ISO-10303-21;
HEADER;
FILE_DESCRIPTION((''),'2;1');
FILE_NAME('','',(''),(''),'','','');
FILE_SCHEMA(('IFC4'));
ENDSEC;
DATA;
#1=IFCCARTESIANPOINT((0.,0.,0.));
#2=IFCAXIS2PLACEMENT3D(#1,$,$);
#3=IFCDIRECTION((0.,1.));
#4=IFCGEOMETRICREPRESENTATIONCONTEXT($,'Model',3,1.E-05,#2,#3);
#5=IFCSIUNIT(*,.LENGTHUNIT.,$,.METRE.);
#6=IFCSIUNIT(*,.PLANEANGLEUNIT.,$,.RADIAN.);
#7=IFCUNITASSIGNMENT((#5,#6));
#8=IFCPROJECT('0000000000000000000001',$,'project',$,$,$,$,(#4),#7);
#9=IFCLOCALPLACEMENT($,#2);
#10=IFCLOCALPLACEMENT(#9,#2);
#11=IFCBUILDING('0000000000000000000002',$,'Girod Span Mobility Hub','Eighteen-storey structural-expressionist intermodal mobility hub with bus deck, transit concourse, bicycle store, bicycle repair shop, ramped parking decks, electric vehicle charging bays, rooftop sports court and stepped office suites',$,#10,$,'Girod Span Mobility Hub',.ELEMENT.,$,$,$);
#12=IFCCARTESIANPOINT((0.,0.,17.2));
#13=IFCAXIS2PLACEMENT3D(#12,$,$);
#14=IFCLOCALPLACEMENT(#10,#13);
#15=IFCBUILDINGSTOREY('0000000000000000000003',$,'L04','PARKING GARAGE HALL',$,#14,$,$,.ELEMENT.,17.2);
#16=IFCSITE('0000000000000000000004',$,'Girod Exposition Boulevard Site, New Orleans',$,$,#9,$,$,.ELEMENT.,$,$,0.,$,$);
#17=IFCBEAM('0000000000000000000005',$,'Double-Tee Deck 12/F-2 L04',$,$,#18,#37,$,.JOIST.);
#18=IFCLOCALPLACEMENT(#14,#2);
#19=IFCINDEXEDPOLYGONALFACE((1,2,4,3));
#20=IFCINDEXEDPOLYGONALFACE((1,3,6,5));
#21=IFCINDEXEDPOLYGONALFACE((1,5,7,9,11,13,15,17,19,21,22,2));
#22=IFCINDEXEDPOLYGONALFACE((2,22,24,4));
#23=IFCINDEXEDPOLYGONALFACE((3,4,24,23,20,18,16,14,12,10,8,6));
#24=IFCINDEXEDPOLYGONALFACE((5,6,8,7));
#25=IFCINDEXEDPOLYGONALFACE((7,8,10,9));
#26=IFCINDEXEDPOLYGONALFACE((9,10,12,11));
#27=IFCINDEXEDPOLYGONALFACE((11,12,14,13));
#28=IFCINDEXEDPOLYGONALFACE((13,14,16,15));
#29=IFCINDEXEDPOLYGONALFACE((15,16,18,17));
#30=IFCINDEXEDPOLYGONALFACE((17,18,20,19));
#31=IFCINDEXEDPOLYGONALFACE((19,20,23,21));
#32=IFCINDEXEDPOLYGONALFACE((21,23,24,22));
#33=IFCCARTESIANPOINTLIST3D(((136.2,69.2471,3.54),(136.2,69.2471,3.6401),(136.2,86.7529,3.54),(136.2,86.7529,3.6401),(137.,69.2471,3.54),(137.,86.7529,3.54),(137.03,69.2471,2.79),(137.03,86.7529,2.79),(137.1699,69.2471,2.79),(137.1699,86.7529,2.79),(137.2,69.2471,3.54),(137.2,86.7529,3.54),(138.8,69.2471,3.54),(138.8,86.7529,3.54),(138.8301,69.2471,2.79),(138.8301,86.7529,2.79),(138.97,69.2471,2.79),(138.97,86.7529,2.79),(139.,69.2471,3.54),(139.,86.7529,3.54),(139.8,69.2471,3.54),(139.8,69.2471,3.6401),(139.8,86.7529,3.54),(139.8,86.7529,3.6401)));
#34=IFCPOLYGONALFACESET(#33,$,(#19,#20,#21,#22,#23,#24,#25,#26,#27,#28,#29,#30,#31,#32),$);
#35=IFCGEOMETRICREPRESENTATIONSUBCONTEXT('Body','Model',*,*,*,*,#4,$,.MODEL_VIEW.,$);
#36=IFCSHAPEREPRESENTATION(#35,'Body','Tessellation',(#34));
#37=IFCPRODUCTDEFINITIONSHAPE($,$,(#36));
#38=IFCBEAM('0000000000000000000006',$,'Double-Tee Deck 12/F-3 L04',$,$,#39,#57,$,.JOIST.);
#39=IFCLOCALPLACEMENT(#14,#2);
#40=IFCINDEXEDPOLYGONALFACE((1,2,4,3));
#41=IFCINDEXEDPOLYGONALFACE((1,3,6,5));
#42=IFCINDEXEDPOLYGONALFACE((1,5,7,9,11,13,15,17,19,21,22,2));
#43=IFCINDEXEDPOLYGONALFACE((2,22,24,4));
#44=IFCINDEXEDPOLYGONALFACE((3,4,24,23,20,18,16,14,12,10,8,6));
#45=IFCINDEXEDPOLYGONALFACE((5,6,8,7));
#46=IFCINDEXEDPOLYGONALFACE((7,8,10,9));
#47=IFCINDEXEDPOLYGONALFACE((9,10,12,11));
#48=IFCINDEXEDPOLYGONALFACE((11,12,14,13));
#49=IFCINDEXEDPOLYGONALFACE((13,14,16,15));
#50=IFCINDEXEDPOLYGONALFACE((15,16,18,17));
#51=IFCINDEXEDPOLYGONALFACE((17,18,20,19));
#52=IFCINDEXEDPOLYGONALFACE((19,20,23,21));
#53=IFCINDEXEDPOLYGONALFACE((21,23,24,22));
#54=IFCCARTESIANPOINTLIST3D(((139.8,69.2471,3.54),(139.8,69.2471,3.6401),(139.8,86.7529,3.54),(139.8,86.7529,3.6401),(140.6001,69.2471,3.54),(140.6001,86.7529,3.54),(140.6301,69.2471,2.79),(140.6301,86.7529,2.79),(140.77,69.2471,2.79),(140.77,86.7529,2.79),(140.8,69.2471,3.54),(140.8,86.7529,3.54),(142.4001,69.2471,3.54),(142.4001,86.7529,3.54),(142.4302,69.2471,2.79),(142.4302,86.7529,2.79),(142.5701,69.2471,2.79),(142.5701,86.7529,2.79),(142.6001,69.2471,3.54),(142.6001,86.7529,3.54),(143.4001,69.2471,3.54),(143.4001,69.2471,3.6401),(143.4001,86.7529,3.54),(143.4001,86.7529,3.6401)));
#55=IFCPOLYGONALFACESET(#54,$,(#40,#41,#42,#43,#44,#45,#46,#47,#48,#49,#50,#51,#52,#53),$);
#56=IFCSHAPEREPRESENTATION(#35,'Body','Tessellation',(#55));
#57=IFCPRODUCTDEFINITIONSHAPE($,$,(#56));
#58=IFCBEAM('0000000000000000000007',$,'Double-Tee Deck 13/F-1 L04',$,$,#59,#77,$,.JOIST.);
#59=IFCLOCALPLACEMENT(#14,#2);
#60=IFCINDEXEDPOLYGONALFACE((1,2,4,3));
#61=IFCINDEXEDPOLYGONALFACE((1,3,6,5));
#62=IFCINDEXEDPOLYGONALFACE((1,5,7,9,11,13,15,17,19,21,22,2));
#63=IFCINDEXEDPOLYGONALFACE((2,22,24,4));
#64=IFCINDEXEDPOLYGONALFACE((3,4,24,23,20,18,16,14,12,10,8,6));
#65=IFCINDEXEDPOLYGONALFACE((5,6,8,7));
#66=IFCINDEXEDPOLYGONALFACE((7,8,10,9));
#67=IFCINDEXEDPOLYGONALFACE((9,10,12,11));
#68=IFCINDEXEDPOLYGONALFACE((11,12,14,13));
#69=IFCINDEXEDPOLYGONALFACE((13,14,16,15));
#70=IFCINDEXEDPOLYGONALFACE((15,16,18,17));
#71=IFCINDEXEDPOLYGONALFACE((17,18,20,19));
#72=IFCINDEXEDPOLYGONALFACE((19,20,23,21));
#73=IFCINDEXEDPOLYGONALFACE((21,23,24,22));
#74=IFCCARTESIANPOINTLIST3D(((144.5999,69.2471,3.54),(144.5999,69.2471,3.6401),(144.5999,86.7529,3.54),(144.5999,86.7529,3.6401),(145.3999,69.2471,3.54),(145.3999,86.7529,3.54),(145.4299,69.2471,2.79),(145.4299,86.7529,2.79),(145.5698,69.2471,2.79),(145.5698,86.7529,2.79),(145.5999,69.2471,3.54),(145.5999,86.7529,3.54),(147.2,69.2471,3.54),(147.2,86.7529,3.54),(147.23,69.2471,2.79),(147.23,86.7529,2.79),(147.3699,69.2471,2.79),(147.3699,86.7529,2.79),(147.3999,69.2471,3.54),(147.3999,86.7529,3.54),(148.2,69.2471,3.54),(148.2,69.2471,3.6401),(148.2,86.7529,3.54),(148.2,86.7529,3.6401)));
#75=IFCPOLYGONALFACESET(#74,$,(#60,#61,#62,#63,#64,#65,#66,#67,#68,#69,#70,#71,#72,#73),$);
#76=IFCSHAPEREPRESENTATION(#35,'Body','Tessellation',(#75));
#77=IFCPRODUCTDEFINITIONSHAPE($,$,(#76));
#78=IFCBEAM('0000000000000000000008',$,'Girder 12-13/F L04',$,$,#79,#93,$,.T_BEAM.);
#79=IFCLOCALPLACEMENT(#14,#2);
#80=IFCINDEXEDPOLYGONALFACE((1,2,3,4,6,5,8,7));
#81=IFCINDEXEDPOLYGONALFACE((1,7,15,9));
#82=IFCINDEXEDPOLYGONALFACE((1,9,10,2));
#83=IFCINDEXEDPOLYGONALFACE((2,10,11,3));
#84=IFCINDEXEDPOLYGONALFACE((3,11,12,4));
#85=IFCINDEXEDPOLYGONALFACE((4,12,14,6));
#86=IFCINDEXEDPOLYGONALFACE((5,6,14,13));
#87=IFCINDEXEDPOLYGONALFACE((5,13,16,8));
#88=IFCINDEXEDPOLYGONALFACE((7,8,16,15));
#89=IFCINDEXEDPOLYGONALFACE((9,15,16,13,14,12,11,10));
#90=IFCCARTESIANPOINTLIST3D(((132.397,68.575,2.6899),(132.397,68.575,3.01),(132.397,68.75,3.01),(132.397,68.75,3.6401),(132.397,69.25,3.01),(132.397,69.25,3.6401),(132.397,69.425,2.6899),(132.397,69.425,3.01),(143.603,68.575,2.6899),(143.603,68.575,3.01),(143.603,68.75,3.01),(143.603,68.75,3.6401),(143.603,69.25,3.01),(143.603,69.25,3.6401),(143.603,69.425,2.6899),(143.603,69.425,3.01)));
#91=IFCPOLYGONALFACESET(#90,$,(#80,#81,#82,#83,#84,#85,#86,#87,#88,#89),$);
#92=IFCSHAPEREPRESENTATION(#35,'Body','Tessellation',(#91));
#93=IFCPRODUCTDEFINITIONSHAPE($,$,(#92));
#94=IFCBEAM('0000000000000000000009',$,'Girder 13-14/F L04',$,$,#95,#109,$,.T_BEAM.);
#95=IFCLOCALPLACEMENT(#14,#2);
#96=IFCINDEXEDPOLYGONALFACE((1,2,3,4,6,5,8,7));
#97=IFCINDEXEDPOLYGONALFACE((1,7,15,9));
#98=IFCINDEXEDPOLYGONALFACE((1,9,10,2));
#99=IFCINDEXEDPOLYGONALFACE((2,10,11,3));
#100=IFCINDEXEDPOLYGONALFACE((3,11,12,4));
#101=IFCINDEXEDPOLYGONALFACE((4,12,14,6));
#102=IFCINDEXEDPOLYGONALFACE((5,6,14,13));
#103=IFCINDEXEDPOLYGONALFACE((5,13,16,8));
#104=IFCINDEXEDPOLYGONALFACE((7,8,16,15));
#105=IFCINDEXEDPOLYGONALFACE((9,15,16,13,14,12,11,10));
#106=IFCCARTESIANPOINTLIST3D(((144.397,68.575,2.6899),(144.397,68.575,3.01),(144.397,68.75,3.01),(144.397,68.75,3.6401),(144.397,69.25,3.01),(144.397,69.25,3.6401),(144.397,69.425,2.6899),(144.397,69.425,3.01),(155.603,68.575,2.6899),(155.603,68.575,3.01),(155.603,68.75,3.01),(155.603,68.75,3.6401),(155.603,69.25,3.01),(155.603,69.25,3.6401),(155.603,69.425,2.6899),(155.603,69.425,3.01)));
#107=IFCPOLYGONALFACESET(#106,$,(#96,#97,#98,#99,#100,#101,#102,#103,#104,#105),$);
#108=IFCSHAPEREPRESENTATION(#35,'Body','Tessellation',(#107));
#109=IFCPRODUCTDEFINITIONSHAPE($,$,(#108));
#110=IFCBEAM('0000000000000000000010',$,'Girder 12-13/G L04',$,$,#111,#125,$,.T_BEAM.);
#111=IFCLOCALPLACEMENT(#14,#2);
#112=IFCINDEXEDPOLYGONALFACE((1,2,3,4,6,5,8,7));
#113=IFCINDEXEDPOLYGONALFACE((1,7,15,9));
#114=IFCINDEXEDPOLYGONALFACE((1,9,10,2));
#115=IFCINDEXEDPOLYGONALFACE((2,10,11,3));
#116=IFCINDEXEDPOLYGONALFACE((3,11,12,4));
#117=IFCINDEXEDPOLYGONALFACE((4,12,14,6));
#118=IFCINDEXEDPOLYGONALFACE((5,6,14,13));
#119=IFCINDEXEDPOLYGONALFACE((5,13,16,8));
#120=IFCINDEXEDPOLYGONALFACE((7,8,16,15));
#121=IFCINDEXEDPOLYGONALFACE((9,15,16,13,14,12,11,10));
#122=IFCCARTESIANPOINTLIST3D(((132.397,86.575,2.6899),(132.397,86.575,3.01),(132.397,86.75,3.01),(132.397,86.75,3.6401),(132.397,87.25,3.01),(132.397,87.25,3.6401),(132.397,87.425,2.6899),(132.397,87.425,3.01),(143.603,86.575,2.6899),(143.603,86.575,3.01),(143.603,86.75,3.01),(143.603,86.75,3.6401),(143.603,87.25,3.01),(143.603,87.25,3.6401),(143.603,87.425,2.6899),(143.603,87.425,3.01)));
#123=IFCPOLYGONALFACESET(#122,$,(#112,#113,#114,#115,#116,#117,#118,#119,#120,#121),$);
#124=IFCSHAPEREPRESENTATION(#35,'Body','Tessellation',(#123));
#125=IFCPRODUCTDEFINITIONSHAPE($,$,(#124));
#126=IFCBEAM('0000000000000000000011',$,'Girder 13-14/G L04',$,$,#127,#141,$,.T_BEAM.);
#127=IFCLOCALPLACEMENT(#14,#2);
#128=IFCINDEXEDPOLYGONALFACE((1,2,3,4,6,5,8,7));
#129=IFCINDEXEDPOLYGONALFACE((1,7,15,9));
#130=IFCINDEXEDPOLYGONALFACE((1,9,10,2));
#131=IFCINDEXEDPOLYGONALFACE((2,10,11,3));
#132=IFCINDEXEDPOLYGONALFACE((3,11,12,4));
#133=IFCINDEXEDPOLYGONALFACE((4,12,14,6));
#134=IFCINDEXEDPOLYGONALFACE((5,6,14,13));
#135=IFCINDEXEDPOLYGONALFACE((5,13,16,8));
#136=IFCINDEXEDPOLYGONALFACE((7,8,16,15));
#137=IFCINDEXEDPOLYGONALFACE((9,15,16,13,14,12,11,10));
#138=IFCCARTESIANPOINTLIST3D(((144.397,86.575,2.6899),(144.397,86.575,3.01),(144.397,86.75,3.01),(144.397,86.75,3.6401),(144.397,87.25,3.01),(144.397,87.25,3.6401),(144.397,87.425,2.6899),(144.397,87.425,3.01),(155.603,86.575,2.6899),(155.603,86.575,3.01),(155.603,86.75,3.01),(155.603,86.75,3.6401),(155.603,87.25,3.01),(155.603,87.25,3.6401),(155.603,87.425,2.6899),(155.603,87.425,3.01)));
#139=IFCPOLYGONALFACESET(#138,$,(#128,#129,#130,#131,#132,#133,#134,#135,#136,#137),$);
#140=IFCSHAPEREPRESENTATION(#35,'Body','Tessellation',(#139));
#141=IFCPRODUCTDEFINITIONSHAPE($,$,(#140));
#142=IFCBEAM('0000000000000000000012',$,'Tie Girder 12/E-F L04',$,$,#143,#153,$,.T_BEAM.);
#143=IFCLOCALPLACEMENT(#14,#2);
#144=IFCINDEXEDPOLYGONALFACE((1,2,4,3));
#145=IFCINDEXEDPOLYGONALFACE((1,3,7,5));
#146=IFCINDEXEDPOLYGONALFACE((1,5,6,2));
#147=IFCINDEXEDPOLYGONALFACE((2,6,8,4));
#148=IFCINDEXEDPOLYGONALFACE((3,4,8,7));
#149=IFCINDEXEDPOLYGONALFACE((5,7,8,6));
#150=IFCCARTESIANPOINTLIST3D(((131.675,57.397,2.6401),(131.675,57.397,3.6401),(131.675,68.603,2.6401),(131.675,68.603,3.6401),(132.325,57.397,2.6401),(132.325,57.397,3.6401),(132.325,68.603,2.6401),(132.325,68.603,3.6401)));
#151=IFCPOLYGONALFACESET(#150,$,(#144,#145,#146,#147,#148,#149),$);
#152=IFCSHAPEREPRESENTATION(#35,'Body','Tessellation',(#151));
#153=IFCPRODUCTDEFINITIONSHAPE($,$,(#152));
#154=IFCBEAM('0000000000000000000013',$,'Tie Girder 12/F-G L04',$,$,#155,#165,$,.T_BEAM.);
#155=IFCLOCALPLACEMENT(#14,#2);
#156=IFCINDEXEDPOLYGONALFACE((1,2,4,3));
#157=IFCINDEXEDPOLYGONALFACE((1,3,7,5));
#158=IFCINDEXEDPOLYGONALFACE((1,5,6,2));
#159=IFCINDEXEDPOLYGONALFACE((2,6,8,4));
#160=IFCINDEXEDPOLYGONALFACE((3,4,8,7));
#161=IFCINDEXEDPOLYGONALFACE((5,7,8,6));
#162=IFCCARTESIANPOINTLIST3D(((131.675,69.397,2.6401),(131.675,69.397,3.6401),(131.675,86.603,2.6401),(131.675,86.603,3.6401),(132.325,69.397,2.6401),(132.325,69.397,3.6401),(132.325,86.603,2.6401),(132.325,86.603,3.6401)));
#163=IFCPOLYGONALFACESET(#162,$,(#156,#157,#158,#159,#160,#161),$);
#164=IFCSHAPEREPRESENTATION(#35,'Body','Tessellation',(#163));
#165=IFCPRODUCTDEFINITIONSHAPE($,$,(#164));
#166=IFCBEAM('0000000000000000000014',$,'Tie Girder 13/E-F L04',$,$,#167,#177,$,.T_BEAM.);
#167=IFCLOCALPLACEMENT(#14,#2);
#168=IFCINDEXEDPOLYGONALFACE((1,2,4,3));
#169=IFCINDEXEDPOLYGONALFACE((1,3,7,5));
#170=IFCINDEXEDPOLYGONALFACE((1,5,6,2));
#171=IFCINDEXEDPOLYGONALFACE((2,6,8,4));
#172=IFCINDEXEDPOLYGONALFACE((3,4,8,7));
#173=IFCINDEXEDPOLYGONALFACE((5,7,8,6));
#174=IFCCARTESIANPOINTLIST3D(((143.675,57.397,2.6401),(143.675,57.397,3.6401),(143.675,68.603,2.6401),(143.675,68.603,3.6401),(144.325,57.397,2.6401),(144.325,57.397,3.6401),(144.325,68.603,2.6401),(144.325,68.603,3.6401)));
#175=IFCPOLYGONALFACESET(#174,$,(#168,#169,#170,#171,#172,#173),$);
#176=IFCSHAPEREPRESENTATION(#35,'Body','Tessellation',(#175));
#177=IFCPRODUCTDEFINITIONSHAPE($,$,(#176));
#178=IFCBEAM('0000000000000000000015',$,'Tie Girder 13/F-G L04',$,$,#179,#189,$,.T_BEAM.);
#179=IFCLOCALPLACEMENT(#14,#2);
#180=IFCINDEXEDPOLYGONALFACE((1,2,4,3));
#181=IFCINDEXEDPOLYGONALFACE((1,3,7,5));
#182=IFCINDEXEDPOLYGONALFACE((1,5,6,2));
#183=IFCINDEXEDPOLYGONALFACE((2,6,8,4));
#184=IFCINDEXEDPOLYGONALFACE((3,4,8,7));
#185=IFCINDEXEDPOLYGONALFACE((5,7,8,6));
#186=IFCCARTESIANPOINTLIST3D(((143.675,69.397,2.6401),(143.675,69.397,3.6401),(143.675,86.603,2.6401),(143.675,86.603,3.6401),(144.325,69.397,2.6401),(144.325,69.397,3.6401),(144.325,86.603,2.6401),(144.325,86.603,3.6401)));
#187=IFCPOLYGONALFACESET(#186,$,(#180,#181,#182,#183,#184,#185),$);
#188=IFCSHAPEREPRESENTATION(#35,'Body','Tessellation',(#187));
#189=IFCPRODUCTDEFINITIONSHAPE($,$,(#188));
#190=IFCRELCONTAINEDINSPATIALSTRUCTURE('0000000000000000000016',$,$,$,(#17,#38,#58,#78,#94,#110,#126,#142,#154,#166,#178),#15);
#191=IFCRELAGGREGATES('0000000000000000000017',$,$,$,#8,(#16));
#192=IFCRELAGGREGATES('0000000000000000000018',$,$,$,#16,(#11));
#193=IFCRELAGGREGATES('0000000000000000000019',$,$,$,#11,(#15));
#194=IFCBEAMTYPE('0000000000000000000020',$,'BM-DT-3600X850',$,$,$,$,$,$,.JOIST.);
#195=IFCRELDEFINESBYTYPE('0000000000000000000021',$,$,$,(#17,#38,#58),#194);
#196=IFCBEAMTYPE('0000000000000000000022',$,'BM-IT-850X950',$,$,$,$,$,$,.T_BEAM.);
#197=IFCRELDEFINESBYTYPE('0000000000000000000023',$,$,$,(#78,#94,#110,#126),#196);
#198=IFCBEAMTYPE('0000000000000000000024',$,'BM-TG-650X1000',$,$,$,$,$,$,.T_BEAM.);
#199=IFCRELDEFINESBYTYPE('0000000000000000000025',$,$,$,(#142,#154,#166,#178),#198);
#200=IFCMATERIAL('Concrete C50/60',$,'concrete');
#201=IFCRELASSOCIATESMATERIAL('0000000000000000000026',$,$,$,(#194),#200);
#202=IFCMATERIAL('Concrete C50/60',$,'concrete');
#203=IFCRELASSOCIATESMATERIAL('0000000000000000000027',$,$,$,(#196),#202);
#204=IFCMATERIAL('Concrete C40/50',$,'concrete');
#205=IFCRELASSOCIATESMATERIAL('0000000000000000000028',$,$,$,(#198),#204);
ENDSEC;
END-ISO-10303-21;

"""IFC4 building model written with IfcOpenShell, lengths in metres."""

from ifc_helpers import new_model, si_unit, direction, frame, origin, origin_2d, place, context, subcontext, project, spatial, polyline, rectangle, outline, extrude, material, material_profile, profile_set, type_object, element, save


model = new_model("IFC4")

# Units and contexts
model_context = context("Model", 3, precision=1e-05, world=origin(), true_north=direction((0.0, 1.0)))
body_context = subcontext(model_context, "Body", "Model", "MODEL_VIEW")
ifc_project = project(units=[si_unit("LENGTHUNIT", "METRE"), si_unit("PLANEANGLEUNIT", "RADIAN")], contexts=[model_context])

# Site, building, storey
site_placement = place(None, origin())
site = spatial("IfcSite", under=ifc_project, at=site_placement, Name="Girod Exposition Boulevard Site, New Orleans", CompositionType="ELEMENT", RefElevation=0.0)
building_placement = place(site_placement, origin())
building = spatial("IfcBuilding", under=site, at=building_placement, Name="Girod Span Mobility Hub", Description="Eighteen-storey structural-expressionist intermodal mobility hub with bus deck, transit concourse, bicycle store, bicycle repair shop, ramped parking decks, electric vehicle charging bays, rooftop sports court and stepped office suites", LongName="Girod Span Mobility Hub", CompositionType="ELEMENT")
storey_placement = place(building_placement, frame((0.0, 0.0, 17.2)))
storey = spatial("IfcBuildingStorey", under=building, at=storey_placement, Name="L04", Description="PARKING GARAGE HALL", CompositionType="ELEMENT", Elevation=17.2)

# Beams
ifc_material_1 = material(Name="Concrete C50/60", Category="concrete")
ifc_material_profile_1 = material_profile(ifc_material_1, outline(polyline([(-1.8, 0.425), (-1.8, 0.325), (-1.0, 0.325), (-0.97, -0.425), (-0.8301, -0.425), (-0.8, 0.325), (0.8, 0.325), (0.8301, -0.425), (0.97, -0.425), (1.0, 0.325), (1.8, 0.325), (1.8, 0.425), (-1.8, 0.425)])), Name="DT-3600X850")
ifc_profile_set_1 = profile_set([ifc_material_profile_1], Name="Concrete C50/60")
beam_type_1 = type_object("IfcBeamType", Name="BM-DT-3600X850", PredefinedType="JOIST", material=ifc_profile_set_1)
for number, where, z_axis, x_axis, name in (
    (1, (138.0, 69.2471, 3.2151), (0.0, 1.0, 0.0), (-1.0, 0.0, 0.0), "Double-Tee Deck 12/F-2 L04"),
    (2, (141.6001, 69.2471, 3.2151), (0.0, 1.0, 0.0), (-1.0, 0.0, 0.0), "Double-Tee Deck 12/F-3 L04"),
    (3, (146.3999, 69.2471, 3.2151), (0.0, 1.0, 0.0), (-1.0, 0.0, 0.0), "Double-Tee Deck 13/F-1 L04"),
):
    element("IfcBeam", number, at=place(storey_placement, frame(where, z_axis=z_axis, x_axis=x_axis)), inside=storey, type_object=beam_type_1, Name=name, PredefinedType="JOIST", context=body_context, shape_type="SweptSolid", body=[
        extrude(outline(polyline([(-1.8, 0.425), (-1.8, 0.325), (-1.0, 0.325), (-0.97, -0.425), (-0.8301, -0.425), (-0.8, 0.325), (0.8, 0.325), (0.8301, -0.425), (0.97, -0.425), (1.0, 0.325), (1.8, 0.325), (1.8, 0.425), (-1.8, 0.425)])), origin(), (0.0, 0.0, 1.0), 17.5059),
    ])
ifc_material_2 = material(Name="Concrete C50/60", Category="concrete")
ifc_material_profile_2 = material_profile(ifc_material_2, outline(polyline([(-0.425, -0.4751), (0.425, -0.4751), (0.425, -0.155), (0.25, -0.155), (0.25, 0.4751), (-0.25, 0.4751), (-0.25, -0.155), (-0.425, -0.155), (-0.425, -0.4751)])), Name="IT-850X950")
ifc_profile_set_2 = profile_set([ifc_material_profile_2], Name="Concrete C50/60")
beam_type_2 = type_object("IfcBeamType", Name="BM-IT-850X950", PredefinedType="T_BEAM", material=ifc_profile_set_2)
for number, where, z_axis, x_axis, name in (
    (4, (132.397, 69.0, 3.165), (1.0, 0.0, 0.0), (0.0, 1.0, 0.0), "Girder 12-13/F L04"),
    (5, (144.397, 69.0, 3.165), (1.0, 0.0, 0.0), (0.0, 1.0, 0.0), "Girder 13-14/F L04"),
    (6, (132.397, 87.0, 3.165), (1.0, 0.0, 0.0), (0.0, 1.0, 0.0), "Girder 12-13/G L04"),
    (7, (144.397, 87.0, 3.165), (1.0, 0.0, 0.0), (0.0, 1.0, 0.0), "Girder 13-14/G L04"),
):
    element("IfcBeam", number, at=place(storey_placement, frame(where, z_axis=z_axis, x_axis=x_axis)), inside=storey, type_object=beam_type_2, Name=name, PredefinedType="T_BEAM", context=body_context, shape_type="SweptSolid", body=[
        extrude(outline(polyline([(-0.425, -0.4751), (0.425, -0.4751), (0.425, -0.155), (0.25, -0.155), (0.25, 0.4751), (-0.25, 0.4751), (-0.25, -0.155), (-0.425, -0.155), (-0.425, -0.4751)])), origin(), (0.0, 0.0, 1.0), 11.2061),
    ])
ifc_material_3 = material(Name="Concrete C40/50", Category="concrete")
ifc_material_profile_3 = material_profile(ifc_material_3, rectangle(XDim=0.6499, YDim=1.0, at=origin_2d()), Name="TG-650X1000")
ifc_profile_set_3 = profile_set([ifc_material_profile_3], Name="Concrete C40/50")
beam_type_3 = type_object("IfcBeamType", Name="BM-TG-650X1000", PredefinedType="T_BEAM", material=ifc_profile_set_3)
beam_1_placement = place(storey_placement, frame((132.0, 57.397, 3.1401), z_axis=(0.0, 1.0, 0.0), x_axis=(-1.0, 0.0, 0.0)))
element("IfcBeam", 8, at=beam_1_placement, inside=storey, type_object=beam_type_3, Name="Tie Girder 12/E-F L04", PredefinedType="T_BEAM", context=body_context, shape_type="SweptSolid", body=[
    extrude(rectangle(XDim=0.6499, YDim=1.0, at=origin_2d()), origin(), (0.0, 0.0, 1.0), 11.2061),
])
beam_2_placement = place(storey_placement, frame((132.0, 69.397, 3.1401), z_axis=(0.0, 1.0, 0.0), x_axis=(-1.0, 0.0, 0.0)))
element("IfcBeam", 9, at=beam_2_placement, inside=storey, type_object=beam_type_3, Name="Tie Girder 12/F-G L04", PredefinedType="T_BEAM", context=body_context, shape_type="SweptSolid", body=[
    extrude(rectangle(XDim=0.6499, YDim=1.0, at=origin_2d()), origin(), (0.0, 0.0, 1.0), 17.2061),
])
beam_3_placement = place(storey_placement, frame((144.0, 57.397, 3.1401), z_axis=(0.0, 1.0, 0.0), x_axis=(-1.0, 0.0, 0.0)))
element("IfcBeam", 10, at=beam_3_placement, inside=storey, type_object=beam_type_3, Name="Tie Girder 13/E-F L04", PredefinedType="T_BEAM", context=body_context, shape_type="SweptSolid", body=[
    extrude(rectangle(XDim=0.6499, YDim=1.0, at=origin_2d()), origin(), (0.0, 0.0, 1.0), 11.2061),
])
beam_4_placement = place(storey_placement, frame((144.0, 69.397, 3.1401), z_axis=(0.0, 1.0, 0.0), x_axis=(-1.0, 0.0, 0.0)))
element("IfcBeam", 11, at=beam_4_placement, inside=storey, type_object=beam_type_3, Name="Tie Girder 13/F-G L04", PredefinedType="T_BEAM", context=body_context, shape_type="SweptSolid", body=[
    extrude(rectangle(XDim=0.6499, YDim=1.0, at=origin_2d()), origin(), (0.0, 0.0, 1.0), 17.2061),
])

save(model, "model.ifc")
